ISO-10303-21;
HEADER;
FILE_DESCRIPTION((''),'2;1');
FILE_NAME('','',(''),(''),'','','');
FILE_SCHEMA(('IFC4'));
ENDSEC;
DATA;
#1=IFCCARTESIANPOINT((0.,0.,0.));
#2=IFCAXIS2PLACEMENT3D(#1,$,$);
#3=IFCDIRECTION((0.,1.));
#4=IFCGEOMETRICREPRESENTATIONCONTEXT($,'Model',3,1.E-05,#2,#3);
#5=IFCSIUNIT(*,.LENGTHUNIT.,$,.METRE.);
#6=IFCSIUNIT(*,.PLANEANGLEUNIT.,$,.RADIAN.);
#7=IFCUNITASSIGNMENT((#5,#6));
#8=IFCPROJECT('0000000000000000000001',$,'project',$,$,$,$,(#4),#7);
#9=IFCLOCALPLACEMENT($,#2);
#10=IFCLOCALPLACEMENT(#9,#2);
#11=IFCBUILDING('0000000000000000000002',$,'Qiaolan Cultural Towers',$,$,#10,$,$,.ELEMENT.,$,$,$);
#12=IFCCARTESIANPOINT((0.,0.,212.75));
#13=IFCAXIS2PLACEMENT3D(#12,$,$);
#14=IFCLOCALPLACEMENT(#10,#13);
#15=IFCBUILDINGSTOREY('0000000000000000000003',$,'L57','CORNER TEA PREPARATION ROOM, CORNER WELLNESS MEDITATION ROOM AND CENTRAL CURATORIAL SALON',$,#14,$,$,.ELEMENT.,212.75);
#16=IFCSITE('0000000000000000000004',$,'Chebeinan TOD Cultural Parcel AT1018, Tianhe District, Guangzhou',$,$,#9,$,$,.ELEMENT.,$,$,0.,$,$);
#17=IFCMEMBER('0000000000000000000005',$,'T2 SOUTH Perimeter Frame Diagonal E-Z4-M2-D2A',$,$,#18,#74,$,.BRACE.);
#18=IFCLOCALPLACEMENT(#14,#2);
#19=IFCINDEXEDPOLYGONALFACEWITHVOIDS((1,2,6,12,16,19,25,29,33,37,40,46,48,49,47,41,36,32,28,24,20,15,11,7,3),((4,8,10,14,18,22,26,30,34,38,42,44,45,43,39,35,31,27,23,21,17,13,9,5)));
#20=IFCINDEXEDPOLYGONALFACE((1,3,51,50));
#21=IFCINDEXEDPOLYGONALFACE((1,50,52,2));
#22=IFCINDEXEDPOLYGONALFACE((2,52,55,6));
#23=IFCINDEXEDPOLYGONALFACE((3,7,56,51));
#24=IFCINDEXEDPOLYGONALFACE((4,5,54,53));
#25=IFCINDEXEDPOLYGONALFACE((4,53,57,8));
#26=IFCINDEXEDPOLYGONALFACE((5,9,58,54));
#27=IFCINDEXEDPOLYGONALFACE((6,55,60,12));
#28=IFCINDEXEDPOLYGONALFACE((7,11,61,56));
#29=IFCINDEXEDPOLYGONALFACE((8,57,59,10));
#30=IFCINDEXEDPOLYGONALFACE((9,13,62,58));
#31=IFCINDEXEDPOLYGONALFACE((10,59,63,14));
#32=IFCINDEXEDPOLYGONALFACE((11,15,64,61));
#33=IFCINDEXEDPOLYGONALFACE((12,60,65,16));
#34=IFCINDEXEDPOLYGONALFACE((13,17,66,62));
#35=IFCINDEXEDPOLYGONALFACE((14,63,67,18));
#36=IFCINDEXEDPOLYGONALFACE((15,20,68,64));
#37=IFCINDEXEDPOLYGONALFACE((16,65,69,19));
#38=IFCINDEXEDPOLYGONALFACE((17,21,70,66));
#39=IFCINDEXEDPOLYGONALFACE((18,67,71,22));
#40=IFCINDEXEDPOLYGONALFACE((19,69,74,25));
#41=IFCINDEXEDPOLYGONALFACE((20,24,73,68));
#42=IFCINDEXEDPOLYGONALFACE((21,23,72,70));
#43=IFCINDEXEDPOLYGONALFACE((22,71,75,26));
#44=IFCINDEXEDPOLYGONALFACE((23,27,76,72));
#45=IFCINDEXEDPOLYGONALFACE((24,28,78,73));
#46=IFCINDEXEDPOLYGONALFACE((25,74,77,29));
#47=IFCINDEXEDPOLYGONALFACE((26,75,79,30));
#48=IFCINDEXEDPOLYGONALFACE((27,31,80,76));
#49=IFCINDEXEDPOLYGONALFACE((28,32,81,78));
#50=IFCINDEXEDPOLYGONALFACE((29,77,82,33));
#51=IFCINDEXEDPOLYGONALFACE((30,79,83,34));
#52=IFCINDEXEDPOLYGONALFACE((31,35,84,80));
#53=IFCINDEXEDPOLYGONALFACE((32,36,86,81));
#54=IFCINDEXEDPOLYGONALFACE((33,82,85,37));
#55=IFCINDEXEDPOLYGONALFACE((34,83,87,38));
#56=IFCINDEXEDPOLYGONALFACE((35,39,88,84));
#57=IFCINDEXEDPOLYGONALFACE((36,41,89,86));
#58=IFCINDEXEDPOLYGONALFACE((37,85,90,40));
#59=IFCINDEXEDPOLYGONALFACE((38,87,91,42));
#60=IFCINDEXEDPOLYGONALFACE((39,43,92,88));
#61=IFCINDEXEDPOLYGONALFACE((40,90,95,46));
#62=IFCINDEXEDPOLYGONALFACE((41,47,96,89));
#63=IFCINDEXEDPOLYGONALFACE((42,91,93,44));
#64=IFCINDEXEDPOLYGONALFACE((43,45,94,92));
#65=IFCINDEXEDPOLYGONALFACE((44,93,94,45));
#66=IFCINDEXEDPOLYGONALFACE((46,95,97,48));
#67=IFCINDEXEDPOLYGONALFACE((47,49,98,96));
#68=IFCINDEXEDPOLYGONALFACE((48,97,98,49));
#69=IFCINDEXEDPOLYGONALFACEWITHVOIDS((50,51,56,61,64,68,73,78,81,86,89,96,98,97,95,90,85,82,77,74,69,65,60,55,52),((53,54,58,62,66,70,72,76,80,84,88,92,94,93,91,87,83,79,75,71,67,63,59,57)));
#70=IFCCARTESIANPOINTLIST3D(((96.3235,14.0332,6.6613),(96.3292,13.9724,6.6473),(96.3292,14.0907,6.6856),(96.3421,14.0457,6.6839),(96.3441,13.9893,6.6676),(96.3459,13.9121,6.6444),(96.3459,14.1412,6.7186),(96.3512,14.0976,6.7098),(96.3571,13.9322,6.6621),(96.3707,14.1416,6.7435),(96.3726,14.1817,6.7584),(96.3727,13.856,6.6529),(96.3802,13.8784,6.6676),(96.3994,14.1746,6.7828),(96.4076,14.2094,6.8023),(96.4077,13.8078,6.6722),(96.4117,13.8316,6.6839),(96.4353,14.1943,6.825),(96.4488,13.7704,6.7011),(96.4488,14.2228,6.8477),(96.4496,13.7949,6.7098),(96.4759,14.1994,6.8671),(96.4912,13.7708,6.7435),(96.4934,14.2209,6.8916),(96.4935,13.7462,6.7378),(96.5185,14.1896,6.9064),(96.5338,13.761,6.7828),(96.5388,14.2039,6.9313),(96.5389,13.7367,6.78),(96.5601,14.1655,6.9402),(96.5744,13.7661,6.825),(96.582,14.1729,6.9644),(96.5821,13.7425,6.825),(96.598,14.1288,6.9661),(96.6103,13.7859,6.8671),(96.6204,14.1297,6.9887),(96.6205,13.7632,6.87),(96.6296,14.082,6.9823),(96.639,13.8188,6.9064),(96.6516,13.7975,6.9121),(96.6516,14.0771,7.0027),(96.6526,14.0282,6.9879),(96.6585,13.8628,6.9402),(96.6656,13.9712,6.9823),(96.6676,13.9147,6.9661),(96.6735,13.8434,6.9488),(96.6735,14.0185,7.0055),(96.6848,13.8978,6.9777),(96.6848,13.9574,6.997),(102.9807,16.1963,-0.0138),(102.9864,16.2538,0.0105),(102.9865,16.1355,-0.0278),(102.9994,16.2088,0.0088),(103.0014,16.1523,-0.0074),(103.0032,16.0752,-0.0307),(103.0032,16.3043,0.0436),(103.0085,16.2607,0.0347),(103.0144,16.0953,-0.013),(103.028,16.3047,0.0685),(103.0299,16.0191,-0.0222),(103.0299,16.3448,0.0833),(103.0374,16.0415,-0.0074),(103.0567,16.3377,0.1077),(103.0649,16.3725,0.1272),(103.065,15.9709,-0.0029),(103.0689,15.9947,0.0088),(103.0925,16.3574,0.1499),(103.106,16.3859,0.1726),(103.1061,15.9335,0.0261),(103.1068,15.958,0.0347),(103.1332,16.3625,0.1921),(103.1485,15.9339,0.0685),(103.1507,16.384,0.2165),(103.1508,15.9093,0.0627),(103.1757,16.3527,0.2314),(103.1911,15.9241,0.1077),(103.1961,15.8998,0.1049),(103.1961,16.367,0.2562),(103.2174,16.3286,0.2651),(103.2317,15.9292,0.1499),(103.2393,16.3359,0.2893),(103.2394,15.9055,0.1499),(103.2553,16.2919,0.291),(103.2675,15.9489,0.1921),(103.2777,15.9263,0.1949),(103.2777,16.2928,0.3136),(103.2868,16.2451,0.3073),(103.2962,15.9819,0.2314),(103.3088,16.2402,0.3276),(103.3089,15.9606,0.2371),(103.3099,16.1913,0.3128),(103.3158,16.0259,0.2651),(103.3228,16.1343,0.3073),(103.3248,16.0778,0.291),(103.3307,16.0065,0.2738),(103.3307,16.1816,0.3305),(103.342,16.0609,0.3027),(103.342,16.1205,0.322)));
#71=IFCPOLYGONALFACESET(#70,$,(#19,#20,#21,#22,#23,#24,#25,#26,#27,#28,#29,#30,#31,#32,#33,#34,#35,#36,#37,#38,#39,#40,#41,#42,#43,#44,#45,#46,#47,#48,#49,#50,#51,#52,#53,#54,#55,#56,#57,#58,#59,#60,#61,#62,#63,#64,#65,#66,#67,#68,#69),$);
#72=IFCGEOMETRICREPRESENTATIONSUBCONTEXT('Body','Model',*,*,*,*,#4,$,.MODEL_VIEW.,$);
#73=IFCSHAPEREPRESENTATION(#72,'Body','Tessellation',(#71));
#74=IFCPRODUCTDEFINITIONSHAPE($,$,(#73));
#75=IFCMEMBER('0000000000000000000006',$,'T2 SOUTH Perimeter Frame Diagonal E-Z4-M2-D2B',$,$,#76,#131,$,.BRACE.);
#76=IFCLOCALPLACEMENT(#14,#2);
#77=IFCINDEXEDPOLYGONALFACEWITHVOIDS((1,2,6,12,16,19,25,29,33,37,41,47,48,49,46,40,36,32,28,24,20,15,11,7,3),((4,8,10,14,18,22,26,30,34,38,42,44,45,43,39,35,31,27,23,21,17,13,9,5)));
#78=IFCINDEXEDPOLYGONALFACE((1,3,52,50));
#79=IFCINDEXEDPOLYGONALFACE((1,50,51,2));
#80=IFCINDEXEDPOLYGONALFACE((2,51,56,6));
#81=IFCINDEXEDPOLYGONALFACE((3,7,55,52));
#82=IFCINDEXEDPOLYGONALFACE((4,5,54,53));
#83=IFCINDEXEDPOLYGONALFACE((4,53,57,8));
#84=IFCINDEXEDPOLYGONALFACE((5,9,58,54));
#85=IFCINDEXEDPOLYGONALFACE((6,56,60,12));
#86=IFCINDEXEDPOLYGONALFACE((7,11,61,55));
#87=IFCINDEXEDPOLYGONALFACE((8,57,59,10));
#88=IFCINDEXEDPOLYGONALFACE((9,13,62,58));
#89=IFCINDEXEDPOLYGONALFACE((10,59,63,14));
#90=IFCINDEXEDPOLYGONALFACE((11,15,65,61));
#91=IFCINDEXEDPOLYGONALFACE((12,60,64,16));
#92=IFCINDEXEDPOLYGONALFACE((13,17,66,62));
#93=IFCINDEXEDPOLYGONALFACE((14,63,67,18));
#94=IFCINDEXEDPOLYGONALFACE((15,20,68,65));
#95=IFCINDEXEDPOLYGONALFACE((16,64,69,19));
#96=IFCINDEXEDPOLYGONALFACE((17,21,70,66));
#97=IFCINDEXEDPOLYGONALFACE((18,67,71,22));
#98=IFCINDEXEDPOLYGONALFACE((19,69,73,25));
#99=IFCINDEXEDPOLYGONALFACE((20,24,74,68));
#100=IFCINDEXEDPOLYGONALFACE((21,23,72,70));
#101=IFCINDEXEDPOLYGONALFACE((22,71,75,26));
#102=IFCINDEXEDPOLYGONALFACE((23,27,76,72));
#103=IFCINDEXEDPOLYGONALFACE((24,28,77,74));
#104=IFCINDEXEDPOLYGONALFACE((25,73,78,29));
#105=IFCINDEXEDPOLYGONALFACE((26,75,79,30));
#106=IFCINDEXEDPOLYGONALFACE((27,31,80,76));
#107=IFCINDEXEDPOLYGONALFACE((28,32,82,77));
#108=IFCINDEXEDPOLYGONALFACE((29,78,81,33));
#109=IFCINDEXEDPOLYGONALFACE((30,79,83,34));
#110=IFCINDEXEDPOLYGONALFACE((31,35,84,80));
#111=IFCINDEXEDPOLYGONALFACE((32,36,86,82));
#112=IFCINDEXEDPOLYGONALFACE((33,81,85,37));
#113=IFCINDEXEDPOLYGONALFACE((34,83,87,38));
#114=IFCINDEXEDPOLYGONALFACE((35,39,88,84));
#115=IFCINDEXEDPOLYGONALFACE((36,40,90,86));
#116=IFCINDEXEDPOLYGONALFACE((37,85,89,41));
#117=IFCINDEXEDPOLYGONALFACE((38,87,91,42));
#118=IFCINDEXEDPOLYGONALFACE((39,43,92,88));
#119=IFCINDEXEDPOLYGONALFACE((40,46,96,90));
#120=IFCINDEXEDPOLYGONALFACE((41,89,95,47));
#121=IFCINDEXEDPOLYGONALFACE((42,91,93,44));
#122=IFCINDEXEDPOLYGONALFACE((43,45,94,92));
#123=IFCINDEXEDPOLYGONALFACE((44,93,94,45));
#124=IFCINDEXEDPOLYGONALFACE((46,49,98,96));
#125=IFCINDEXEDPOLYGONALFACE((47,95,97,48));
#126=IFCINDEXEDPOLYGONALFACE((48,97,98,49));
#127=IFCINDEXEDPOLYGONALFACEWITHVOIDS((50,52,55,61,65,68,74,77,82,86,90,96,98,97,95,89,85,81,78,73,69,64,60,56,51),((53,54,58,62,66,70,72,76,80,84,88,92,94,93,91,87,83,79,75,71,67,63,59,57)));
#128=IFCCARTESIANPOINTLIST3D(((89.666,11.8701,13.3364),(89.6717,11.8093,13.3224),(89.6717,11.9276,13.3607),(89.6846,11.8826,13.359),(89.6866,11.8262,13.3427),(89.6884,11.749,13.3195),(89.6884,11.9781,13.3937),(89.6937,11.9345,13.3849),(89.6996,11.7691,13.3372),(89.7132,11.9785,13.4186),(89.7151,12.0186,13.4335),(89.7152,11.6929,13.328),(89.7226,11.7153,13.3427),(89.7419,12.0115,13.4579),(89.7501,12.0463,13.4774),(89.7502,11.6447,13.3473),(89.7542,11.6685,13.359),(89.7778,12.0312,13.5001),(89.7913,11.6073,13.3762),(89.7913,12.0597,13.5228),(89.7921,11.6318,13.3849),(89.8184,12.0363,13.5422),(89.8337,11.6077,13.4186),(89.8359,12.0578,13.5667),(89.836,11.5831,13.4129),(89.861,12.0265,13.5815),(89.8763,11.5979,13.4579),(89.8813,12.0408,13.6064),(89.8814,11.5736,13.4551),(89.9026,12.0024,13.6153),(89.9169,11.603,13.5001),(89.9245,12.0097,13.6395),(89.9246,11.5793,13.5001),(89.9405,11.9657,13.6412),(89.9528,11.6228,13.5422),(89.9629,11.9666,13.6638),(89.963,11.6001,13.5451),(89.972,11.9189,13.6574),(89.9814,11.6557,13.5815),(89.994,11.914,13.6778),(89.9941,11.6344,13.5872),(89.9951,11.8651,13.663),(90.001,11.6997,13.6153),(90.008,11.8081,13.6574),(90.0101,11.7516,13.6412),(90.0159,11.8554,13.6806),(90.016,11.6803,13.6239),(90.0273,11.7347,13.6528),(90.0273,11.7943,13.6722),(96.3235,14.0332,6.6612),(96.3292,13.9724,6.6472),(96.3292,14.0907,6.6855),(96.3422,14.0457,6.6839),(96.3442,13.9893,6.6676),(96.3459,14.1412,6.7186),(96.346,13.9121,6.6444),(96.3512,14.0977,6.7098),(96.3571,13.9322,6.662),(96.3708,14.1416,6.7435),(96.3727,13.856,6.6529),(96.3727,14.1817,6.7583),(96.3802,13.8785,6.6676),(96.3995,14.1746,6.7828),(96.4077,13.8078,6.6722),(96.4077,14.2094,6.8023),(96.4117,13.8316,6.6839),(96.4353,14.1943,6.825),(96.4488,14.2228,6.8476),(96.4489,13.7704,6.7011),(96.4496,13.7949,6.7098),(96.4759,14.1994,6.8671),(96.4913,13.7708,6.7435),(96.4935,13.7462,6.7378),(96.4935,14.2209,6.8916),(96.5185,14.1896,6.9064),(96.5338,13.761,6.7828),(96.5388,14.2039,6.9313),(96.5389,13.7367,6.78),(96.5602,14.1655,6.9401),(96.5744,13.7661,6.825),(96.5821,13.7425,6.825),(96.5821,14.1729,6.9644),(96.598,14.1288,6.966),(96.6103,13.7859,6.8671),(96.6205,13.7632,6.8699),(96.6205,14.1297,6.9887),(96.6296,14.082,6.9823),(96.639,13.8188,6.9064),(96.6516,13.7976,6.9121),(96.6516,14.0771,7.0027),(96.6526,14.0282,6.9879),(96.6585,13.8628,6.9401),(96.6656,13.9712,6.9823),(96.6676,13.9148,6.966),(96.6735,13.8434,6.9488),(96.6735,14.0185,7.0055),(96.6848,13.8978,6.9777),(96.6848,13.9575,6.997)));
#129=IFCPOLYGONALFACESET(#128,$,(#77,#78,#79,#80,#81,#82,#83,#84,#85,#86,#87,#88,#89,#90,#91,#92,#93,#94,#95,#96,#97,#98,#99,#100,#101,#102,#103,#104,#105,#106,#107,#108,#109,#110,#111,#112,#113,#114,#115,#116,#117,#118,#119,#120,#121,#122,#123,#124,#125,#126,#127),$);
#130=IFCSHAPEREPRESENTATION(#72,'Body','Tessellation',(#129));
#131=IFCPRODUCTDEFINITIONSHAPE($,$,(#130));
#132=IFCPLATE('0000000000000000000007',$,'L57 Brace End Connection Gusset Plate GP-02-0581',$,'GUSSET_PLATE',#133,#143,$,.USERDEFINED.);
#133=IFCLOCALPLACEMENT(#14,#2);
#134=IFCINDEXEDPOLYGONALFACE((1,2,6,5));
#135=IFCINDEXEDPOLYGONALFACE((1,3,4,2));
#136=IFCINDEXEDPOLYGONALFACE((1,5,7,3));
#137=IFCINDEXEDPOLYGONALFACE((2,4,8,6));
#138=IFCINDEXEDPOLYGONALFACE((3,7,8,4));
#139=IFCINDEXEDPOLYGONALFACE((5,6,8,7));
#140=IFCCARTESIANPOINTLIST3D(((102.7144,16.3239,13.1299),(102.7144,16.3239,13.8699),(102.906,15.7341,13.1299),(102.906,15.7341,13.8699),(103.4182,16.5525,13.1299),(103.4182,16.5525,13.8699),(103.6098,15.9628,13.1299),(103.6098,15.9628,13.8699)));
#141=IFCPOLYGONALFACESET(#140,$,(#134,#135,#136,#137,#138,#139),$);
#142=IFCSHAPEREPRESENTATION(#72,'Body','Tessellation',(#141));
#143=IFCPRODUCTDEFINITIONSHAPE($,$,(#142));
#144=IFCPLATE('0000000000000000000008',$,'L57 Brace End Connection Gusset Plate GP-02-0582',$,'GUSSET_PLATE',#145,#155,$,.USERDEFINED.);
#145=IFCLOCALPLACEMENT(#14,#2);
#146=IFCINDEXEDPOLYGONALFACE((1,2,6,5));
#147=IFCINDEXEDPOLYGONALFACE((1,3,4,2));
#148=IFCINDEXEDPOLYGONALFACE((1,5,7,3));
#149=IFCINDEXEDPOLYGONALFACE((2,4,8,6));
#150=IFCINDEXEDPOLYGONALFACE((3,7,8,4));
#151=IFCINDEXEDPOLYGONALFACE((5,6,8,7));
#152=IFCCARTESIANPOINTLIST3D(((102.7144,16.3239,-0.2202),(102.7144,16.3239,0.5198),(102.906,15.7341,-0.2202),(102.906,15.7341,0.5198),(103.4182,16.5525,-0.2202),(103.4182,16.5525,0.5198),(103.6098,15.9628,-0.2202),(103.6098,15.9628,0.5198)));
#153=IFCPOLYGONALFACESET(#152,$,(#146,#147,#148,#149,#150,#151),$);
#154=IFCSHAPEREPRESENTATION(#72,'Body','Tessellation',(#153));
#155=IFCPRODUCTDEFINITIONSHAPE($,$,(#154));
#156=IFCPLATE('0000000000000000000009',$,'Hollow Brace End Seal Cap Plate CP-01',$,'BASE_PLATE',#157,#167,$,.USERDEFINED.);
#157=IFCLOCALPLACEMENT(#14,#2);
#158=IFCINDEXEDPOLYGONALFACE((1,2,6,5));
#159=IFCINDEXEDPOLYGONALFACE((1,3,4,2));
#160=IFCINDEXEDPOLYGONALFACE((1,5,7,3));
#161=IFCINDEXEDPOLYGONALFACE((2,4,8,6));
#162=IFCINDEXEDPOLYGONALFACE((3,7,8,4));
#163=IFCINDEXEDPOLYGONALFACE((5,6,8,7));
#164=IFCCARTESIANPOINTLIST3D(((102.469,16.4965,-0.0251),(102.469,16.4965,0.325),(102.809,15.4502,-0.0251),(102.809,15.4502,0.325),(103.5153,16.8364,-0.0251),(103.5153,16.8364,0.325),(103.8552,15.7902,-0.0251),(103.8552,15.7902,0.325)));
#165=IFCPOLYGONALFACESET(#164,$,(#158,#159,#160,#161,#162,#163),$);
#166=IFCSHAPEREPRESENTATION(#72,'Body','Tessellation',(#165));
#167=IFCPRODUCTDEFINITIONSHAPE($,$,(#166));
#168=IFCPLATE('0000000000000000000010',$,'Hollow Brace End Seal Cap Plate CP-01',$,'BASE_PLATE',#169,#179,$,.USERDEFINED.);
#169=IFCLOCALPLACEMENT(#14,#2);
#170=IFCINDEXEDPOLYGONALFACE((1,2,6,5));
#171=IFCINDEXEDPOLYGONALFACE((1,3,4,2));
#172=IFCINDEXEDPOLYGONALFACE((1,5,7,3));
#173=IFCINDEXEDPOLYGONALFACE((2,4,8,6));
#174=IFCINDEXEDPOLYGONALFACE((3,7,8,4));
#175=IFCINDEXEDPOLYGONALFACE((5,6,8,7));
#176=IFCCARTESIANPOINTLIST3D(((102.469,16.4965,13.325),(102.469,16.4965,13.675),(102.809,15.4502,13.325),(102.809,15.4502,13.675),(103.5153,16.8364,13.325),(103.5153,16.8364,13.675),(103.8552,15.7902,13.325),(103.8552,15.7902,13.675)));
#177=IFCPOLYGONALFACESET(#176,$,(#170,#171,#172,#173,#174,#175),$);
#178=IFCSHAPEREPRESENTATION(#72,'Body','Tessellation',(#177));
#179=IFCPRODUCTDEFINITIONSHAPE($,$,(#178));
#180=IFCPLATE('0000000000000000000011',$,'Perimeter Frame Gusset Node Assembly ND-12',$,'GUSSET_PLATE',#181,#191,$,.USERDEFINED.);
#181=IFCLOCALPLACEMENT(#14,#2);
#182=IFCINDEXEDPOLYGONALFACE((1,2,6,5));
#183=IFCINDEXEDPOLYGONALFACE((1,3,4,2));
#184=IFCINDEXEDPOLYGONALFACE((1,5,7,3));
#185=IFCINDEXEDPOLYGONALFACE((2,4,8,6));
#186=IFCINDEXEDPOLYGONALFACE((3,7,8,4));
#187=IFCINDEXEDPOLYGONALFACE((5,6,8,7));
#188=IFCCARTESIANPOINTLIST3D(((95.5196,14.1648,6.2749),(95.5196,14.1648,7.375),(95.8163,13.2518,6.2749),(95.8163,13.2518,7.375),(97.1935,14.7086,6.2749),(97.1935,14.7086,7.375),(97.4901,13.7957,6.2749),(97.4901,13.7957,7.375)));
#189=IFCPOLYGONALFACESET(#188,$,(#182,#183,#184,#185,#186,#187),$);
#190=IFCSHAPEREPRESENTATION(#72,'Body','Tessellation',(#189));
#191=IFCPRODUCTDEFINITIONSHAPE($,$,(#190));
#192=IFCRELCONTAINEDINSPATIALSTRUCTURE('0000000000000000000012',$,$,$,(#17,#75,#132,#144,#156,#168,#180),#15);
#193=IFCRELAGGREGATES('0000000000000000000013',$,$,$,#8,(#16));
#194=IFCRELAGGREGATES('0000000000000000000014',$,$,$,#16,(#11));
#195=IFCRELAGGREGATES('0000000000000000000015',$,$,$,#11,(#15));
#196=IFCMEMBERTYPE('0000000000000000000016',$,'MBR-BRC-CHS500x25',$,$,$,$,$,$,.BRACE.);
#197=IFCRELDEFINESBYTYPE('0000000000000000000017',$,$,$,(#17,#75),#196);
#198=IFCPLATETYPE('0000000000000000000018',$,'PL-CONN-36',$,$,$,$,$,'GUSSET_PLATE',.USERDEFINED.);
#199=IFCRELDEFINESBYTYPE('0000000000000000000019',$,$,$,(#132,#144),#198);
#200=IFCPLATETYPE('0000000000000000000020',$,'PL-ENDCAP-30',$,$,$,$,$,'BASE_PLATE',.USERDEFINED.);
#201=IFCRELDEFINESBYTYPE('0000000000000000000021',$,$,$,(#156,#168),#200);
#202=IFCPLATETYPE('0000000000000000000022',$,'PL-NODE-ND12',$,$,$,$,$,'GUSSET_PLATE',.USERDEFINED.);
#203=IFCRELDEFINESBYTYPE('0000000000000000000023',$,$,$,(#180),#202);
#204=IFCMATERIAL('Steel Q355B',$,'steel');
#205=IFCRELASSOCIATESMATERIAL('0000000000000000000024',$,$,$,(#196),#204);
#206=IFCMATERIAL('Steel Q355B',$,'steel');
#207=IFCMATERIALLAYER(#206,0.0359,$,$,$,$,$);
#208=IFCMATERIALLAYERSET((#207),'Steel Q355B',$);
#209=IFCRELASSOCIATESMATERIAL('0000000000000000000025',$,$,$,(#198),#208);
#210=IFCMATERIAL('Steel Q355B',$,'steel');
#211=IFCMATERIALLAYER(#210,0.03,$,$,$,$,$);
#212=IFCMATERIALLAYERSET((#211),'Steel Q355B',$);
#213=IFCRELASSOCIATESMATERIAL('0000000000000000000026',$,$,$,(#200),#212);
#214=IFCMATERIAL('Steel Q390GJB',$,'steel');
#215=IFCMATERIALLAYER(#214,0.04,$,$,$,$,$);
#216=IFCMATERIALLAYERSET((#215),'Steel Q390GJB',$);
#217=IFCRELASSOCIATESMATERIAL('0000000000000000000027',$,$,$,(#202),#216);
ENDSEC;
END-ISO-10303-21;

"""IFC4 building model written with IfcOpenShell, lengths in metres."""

from ifc_helpers import new_model, si_unit, direction, frame, origin, origin_2d, place, context, subcontext, project, spatial, rectangle, hollow_circle, extrude, material, layer, layer_set, material_profile, profile_set, type_object, element, save


model = new_model("IFC4")

# Units and contexts
model_context = context("Model", 3, precision=1e-05, world=origin(), true_north=direction((0.0, 1.0)))
body_context = subcontext(model_context, "Body", "Model", "MODEL_VIEW")
ifc_project = project(units=[si_unit("LENGTHUNIT", "METRE"), si_unit("PLANEANGLEUNIT", "RADIAN")], contexts=[model_context])

# Site, building, storey
site_placement = place(None, origin())
site = spatial("IfcSite", under=ifc_project, at=site_placement, Name="Chebeinan TOD Cultural Parcel AT1018, Tianhe District, Guangzhou", CompositionType="ELEMENT", RefElevation=0.0)
building_placement = place(site_placement, origin())
building = spatial("IfcBuilding", under=site, at=building_placement, Name="Qiaolan Cultural Towers", CompositionType="ELEMENT")
storey_placement = place(building_placement, frame((0.0, 0.0, 212.75)))
storey = spatial("IfcBuildingStorey", under=building, at=storey_placement, Name="L57", Description="CORNER TEA PREPARATION ROOM, CORNER WELLNESS MEDITATION ROOM AND CENTRAL CURATORIAL SALON", CompositionType="ELEMENT", Elevation=212.75)

# Members
ifc_material_1 = material(Name="Steel Q355B", Category="steel")
ifc_material_profile_1 = material_profile(ifc_material_1, hollow_circle(Radius=0.25, WallThickness=0.0249, at=origin_2d()), Name="CHS500x25")
ifc_profile_set_1 = profile_set([ifc_material_profile_1], Name="Steel Q355B")
member_type = type_object("IfcMemberType", Name="MBR-BRC-CHS500x25", PredefinedType="BRACE", material=ifc_profile_set_1)
for number, where, z_axis, x_axis, name in (
    (1, (103.1621, 16.1433, 0.1499), (-0.688276, -0.223637, 0.690118), (0.30902, -0.951056, 0.0), "T2 SOUTH Perimeter Frame Diagonal E-Z4-M2-D2A"),
):
    element("IfcMember", number, at=place(storey_placement, frame(where, z_axis=z_axis, x_axis=x_axis)), inside=storey, type_object=member_type, Name=name, PredefinedType="BRACE", context=body_context, shape_type="SweptSolid", body=[
        extrude(hollow_circle(Radius=0.25, WallThickness=0.0249, at=origin_2d()), origin(), (0.0, 0.0, 1.0), 9.6724),
    ])
member_placement = place(storey_placement, frame((96.5049, 13.9802, 6.825), z_axis=(-0.688289, -0.223633, 0.690106), x_axis=(0.30901, -0.951059, 0.0)))
element("IfcMember", 2, at=member_placement, inside=storey, type_object=member_type, Name="T2 SOUTH Perimeter Frame Diagonal E-Z4-M2-D2B", PredefinedType="BRACE", context=body_context, shape_type="SweptSolid", body=[
    extrude(hollow_circle(Radius=0.25, WallThickness=0.0249, at=origin_2d()), origin(), (0.0, 0.0, 1.0), 9.6726),
])

# Plates
ifc_material_2 = material(Name="Steel Q355B", Category="steel")
ifc_layer_1 = layer(ifc_material_2, 0.0359)
ifc_layer_set_1 = layer_set([ifc_layer_1], Name="Steel Q355B")
plate_type_1 = type_object("IfcPlateType", Name="PL-CONN-36", ElementType="GUSSET_PLATE", PredefinedType="USERDEFINED", material=ifc_layer_set_1)
for number, where, z_axis, x_axis, name in (
    (3, (103.1621, 16.1433, 13.1299), (0.0, 0.0, 1.0), (0.951057, 0.309017, 0.0), "L57 Brace End Connection Gusset Plate GP-02-0581"),
    (4, (103.1621, 16.1433, -0.2202), (0.0, 0.0, 1.0), (0.951057, 0.309017, 0.0), "L57 Brace End Connection Gusset Plate GP-02-0582"),
):
    element("IfcPlate", number, at=place(storey_placement, frame(where, z_axis=z_axis, x_axis=x_axis)), inside=storey, type_object=plate_type_1, Name=name, ObjectType="GUSSET_PLATE", PredefinedType="USERDEFINED", context=body_context, shape_type="SweptSolid", body=[
        extrude(rectangle(XDim=0.74, YDim=0.6201, at=origin_2d()), origin(), (0.0, 0.0, 1.0), 0.74),
    ])
ifc_material_3 = material(Name="Steel Q355B", Category="steel")
ifc_layer_2 = layer(ifc_material_3, 0.03)
ifc_layer_set_2 = layer_set([ifc_layer_2], Name="Steel Q355B")
plate_type_2 = type_object("IfcPlateType", Name="PL-ENDCAP-30", ElementType="BASE_PLATE", PredefinedType="USERDEFINED", material=ifc_layer_set_2)
for number, where, z_axis, x_axis, name in (
    (5, (103.1621, 16.1433, -0.0251), (0.0, 0.0, 1.0), (0.951057, 0.309017, 0.0), "Hollow Brace End Seal Cap Plate CP-01"),
    (6, (103.1621, 16.1433, 13.325), (0.0, 0.0, 1.0), (0.951057, 0.309017, 0.0), "Hollow Brace End Seal Cap Plate CP-01"),
):
    element("IfcPlate", number, at=place(storey_placement, frame(where, z_axis=z_axis, x_axis=x_axis)), inside=storey, type_object=plate_type_2, Name=name, ObjectType="BASE_PLATE", PredefinedType="USERDEFINED", context=body_context, shape_type="SweptSolid", body=[
        extrude(rectangle(XDim=1.1001, YDim=1.1001, at=origin_2d()), origin(), (0.0, 0.0, 1.0), 0.3501),
    ])
ifc_material_4 = material(Name="Steel Q390GJB", Category="steel")
ifc_layer_3 = layer(ifc_material_4, 0.04)
ifc_layer_set_3 = layer_set([ifc_layer_3], Name="Steel Q390GJB")
plate_type_3 = type_object("IfcPlateType", Name="PL-NODE-ND12", ElementType="GUSSET_PLATE", PredefinedType="USERDEFINED", material=ifc_layer_set_3)
plate_placement = place(storey_placement, frame((96.5049, 13.9802, 6.2749), z_axis=(0.0, 0.0, 1.0), x_axis=(0.951057, 0.309017, 0.0)))
element("IfcPlate", 7, at=plate_placement, inside=storey, type_object=plate_type_3, Name="Perimeter Frame Gusset Node Assembly ND-12", ObjectType="GUSSET_PLATE", PredefinedType="USERDEFINED", context=body_context, shape_type="SweptSolid", body=[
    extrude(rectangle(XDim=1.76, YDim=0.96, at=origin_2d()), origin(), (0.0, 0.0, 1.0), 1.1001),
])

save(model, "model.ifc")
